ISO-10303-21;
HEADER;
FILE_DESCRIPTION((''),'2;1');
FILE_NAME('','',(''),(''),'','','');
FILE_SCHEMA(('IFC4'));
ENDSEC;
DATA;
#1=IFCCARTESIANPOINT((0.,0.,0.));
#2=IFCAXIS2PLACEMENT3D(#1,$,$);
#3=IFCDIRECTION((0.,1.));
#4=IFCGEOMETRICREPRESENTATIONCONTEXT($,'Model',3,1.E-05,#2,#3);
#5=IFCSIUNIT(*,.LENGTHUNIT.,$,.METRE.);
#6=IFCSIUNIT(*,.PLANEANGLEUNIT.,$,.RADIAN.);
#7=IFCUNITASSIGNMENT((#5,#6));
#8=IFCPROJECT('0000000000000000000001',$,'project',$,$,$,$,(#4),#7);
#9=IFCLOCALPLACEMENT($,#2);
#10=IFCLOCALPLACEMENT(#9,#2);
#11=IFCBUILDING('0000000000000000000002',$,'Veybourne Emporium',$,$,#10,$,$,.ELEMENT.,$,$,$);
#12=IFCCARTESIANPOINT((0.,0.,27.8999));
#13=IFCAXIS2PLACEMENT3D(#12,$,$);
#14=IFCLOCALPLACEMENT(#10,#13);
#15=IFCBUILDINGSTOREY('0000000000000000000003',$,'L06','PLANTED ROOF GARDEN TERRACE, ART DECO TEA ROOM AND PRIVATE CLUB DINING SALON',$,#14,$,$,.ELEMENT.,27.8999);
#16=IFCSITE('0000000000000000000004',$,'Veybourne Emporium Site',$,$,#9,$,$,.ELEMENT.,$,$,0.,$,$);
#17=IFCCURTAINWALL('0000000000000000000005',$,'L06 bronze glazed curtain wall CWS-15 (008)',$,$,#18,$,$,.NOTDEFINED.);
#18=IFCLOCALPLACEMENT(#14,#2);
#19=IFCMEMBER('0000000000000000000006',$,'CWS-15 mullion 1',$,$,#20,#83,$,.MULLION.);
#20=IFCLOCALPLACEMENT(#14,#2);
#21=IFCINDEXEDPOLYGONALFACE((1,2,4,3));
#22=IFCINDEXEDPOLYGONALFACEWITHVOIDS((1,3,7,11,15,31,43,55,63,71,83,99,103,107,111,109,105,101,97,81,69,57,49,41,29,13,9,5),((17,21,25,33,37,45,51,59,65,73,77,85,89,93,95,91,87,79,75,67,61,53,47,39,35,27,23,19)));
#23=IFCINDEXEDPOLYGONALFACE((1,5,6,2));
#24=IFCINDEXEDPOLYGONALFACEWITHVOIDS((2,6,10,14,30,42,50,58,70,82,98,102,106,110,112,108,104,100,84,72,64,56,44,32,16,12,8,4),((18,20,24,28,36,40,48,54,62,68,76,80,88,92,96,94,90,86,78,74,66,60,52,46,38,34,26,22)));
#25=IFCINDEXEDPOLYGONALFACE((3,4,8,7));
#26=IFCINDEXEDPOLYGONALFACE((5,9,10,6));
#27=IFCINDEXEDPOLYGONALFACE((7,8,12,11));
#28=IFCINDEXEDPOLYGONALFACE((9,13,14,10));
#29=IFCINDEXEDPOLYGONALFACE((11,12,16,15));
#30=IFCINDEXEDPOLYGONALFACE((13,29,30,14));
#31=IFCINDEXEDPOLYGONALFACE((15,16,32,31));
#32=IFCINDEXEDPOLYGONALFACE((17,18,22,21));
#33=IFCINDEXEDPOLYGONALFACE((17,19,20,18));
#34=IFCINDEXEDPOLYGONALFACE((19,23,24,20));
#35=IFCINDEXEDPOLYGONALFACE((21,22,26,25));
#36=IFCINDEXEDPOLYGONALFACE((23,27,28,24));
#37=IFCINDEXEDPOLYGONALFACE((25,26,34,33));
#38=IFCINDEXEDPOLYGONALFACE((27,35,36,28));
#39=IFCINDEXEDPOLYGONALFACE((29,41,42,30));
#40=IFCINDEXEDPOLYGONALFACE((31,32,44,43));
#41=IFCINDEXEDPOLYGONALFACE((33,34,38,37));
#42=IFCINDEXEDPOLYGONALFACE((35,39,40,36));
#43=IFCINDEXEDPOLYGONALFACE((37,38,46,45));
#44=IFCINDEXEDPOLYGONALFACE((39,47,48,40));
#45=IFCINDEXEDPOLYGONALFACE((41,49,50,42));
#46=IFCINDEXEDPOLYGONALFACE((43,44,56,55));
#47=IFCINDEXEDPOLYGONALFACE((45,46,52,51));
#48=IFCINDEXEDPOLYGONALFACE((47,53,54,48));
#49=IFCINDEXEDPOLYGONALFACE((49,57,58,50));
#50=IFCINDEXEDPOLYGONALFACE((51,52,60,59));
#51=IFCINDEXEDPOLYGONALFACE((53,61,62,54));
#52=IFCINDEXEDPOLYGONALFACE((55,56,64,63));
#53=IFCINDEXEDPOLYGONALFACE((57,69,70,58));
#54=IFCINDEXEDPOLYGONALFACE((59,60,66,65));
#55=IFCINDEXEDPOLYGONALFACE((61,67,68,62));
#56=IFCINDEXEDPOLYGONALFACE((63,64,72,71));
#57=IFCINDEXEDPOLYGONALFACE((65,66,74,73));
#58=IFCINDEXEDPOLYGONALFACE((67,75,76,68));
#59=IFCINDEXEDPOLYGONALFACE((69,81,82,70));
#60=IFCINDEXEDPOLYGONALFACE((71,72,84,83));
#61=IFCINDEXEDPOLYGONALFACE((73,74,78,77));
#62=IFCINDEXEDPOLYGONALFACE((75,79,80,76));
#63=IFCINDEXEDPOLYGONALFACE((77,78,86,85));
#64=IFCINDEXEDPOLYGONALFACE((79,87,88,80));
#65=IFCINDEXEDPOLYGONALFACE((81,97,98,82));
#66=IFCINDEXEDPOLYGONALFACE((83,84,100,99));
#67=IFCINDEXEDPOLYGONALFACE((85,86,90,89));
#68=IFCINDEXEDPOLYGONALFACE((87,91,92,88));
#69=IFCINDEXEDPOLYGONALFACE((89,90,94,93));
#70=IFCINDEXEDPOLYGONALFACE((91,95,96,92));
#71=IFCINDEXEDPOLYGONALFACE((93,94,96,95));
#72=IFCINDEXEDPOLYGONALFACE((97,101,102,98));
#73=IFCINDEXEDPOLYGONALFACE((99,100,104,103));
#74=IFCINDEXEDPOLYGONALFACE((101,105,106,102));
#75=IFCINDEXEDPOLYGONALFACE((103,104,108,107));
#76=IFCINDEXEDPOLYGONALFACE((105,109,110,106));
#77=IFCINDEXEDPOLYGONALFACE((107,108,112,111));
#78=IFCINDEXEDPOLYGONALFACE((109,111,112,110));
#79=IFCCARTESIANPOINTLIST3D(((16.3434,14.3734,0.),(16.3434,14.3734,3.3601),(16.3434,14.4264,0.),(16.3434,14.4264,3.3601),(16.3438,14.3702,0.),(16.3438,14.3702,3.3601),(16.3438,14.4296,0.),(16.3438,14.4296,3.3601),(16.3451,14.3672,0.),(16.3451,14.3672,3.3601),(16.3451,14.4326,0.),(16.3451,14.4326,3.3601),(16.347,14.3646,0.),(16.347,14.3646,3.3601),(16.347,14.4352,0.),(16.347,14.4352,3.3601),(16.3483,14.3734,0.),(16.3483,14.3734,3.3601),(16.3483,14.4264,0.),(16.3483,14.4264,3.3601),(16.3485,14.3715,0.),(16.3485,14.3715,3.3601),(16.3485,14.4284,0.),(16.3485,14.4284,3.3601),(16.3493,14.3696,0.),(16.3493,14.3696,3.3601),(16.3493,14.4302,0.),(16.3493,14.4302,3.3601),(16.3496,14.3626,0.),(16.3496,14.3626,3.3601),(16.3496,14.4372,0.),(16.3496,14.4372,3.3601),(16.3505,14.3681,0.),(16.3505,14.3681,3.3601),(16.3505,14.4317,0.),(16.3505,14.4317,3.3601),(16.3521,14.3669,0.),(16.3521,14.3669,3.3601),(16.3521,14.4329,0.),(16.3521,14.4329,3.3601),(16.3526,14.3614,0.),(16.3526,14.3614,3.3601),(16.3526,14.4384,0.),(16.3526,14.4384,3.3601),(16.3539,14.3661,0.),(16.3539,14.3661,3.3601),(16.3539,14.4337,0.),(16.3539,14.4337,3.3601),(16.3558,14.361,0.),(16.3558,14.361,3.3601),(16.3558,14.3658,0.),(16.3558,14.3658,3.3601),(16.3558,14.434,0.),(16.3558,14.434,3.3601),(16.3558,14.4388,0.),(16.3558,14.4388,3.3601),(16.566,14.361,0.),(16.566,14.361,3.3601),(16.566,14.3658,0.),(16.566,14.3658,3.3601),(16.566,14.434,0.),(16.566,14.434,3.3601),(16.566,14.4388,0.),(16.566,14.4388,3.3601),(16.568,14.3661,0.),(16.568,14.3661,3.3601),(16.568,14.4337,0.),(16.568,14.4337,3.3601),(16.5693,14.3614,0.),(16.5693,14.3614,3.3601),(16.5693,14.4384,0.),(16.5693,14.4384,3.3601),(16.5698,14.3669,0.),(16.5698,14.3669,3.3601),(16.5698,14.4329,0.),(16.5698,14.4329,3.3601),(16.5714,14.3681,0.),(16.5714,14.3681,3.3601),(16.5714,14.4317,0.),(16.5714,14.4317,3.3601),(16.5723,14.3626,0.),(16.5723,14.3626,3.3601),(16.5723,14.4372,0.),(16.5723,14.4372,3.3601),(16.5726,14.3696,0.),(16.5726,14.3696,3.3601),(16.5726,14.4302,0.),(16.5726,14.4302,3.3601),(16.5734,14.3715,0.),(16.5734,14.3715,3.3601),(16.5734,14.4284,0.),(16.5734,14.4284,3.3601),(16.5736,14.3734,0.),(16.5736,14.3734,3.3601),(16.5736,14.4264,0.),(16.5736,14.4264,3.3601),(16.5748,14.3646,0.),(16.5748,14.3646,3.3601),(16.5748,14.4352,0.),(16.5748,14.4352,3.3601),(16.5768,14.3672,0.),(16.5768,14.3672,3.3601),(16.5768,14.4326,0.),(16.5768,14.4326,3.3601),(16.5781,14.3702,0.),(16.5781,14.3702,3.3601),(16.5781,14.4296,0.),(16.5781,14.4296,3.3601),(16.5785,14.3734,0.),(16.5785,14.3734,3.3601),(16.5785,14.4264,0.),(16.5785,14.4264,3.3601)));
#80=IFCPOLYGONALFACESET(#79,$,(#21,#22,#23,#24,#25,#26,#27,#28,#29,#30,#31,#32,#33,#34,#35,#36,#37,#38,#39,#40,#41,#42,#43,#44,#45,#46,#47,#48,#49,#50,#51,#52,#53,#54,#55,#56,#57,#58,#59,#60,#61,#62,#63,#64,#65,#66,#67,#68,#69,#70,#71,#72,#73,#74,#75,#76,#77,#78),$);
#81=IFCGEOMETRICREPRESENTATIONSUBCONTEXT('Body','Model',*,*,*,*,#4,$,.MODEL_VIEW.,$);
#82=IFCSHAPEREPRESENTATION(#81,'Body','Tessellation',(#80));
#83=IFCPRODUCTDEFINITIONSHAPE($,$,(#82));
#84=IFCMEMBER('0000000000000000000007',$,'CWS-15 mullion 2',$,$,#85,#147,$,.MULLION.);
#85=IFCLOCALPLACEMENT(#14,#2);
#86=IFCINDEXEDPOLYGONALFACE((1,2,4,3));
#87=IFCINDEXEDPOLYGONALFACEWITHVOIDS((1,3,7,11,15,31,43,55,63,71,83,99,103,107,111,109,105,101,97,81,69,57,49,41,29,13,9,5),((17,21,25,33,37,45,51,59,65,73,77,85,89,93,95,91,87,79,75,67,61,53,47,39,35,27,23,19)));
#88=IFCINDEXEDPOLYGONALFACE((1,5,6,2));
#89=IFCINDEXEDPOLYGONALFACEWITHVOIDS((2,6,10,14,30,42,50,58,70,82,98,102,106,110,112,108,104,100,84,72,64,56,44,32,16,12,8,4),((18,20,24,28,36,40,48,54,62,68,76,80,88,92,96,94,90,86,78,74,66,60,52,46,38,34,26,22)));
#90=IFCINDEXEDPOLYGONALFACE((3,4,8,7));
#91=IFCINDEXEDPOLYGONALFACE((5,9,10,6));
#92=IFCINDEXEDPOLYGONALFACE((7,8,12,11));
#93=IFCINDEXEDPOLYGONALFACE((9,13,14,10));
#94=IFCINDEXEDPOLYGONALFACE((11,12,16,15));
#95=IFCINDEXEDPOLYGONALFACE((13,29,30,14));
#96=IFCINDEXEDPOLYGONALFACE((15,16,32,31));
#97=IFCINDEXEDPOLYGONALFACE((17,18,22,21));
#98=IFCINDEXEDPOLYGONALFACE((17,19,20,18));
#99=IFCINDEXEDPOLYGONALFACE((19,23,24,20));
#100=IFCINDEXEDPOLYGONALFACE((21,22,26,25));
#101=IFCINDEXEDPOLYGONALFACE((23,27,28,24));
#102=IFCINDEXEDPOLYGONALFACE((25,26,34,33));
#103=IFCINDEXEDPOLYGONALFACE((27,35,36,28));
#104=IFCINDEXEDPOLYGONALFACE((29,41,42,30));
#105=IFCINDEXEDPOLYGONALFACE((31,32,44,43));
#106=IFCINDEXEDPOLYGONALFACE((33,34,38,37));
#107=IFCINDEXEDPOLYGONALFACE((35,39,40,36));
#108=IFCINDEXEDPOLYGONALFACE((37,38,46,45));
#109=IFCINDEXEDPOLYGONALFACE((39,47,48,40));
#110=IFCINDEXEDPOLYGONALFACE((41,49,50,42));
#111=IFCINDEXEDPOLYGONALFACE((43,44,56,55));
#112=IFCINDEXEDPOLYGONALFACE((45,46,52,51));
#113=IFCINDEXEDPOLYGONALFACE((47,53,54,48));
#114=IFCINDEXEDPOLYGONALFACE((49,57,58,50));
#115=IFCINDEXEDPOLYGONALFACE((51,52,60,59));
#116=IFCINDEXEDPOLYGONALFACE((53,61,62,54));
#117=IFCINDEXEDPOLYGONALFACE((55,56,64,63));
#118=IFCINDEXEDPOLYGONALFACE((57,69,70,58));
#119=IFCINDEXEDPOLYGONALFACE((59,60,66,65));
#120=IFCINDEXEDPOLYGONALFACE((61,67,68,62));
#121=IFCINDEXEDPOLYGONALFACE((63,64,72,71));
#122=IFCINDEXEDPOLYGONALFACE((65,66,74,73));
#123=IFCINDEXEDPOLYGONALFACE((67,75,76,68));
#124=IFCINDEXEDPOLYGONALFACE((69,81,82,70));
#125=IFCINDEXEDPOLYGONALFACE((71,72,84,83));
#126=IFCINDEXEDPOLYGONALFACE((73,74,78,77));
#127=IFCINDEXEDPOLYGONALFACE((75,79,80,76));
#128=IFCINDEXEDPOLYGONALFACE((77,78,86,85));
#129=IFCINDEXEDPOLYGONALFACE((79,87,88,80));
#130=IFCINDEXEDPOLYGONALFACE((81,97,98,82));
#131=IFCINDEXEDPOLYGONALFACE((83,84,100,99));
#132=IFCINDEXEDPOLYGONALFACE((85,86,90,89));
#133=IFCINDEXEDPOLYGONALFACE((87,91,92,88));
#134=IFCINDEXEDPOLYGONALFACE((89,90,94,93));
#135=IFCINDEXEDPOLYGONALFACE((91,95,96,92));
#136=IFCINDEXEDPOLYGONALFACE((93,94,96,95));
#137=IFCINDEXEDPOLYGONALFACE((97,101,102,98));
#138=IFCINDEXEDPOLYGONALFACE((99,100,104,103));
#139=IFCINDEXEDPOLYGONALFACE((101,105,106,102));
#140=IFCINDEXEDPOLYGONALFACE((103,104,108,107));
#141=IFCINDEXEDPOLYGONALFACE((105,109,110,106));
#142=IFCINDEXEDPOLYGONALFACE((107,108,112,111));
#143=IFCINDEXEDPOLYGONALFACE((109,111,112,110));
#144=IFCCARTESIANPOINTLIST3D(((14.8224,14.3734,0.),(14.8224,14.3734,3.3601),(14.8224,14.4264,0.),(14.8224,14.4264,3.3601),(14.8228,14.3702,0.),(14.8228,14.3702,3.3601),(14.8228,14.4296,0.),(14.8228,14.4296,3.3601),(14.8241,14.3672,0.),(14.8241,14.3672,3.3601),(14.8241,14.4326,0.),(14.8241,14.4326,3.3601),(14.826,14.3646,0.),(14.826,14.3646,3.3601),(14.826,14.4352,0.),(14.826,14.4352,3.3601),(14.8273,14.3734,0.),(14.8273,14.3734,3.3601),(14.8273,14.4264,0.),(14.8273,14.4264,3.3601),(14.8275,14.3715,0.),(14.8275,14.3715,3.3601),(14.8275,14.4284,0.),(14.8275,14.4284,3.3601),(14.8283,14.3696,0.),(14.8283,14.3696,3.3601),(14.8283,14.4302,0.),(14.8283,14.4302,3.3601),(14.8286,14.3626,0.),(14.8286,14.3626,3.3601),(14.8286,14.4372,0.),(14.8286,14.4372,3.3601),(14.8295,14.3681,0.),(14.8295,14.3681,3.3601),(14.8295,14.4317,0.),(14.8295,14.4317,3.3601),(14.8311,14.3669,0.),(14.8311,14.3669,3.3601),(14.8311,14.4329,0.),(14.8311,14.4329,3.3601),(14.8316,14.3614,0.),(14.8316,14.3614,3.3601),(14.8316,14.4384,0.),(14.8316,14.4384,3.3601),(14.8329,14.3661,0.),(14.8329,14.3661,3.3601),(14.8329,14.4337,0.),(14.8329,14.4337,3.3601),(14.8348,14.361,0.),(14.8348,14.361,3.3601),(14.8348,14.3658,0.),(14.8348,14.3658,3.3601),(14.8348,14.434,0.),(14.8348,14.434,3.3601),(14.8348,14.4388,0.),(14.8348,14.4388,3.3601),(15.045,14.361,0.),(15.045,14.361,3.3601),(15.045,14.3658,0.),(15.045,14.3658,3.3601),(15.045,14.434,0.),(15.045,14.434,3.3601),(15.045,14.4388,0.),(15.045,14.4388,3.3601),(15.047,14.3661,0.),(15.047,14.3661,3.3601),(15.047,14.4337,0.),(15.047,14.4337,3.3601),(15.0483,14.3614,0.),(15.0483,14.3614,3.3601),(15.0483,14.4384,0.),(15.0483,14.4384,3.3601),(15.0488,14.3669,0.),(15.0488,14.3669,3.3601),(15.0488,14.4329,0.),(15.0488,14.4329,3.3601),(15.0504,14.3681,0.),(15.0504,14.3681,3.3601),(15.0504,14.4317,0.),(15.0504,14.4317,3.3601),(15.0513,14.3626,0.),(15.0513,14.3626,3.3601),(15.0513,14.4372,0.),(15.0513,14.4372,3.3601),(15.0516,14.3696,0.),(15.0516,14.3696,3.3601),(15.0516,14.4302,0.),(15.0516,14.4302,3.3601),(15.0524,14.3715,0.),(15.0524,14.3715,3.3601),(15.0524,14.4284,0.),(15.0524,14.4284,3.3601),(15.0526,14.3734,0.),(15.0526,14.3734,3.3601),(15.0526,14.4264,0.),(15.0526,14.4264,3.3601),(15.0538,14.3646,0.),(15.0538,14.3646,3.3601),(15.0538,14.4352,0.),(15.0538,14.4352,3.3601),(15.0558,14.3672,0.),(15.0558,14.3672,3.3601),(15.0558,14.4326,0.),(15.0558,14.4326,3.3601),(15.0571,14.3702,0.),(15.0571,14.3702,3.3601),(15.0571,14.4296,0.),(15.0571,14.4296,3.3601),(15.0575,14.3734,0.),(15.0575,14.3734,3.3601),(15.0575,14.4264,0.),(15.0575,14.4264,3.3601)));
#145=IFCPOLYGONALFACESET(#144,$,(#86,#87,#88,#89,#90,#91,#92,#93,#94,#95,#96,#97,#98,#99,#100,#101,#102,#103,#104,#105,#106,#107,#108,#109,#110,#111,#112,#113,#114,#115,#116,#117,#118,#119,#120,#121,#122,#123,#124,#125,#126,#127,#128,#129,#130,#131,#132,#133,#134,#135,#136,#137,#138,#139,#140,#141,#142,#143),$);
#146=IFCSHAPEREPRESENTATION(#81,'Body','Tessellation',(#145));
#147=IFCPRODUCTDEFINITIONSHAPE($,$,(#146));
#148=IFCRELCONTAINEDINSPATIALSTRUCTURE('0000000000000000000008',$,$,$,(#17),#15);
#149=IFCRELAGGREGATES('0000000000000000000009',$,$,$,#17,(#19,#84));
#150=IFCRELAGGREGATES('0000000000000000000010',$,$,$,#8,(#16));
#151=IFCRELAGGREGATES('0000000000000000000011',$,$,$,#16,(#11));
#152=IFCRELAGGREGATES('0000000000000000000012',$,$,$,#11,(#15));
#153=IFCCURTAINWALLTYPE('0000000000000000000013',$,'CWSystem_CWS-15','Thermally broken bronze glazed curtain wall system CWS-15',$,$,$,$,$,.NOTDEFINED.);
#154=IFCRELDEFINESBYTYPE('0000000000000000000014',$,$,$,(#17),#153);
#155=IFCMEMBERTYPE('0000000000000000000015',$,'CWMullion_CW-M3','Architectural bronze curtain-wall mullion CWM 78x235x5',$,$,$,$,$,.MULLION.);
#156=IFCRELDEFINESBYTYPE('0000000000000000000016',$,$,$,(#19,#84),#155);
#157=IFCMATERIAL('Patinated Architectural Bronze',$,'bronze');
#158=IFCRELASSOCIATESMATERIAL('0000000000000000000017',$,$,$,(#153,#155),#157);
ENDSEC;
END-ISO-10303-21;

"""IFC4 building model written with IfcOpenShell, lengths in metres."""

from ifc_helpers import new_model, si_unit, direction, frame, origin, origin_2d, place, context, subcontext, project, spatial, hollow_rectangle, extrude, material, material_profile, profile_set, type_object, element, aggregate, save


model = new_model("IFC4")

# Units and contexts
model_context = context("Model", 3, precision=1e-05, world=origin(), true_north=direction((0.0, 1.0)))
body_context = subcontext(model_context, "Body", "Model", "MODEL_VIEW")
ifc_project = project(units=[si_unit("LENGTHUNIT", "METRE"), si_unit("PLANEANGLEUNIT", "RADIAN")], contexts=[model_context])

# Site, building, storey
site_placement = place(None, origin())
site = spatial("IfcSite", under=ifc_project, at=site_placement, Name="Veybourne Emporium Site", CompositionType="ELEMENT", RefElevation=0.0)
building_placement = place(site_placement, origin())
building = spatial("IfcBuilding", under=site, at=building_placement, Name="Veybourne Emporium", CompositionType="ELEMENT")
storey_placement = place(building_placement, frame((0.0, 0.0, 27.8999)))
storey = spatial("IfcBuildingStorey", under=building, at=storey_placement, Name="L06", Description="PLANTED ROOF GARDEN TERRACE, ART DECO TEA ROOM AND PRIVATE CLUB DINING SALON", CompositionType="ELEMENT", Elevation=27.8999)

# Curtain wall, members
ifc_material_1 = material(Name="Patinated Architectural Bronze", Category="bronze")
curtain_wall_type = type_object("IfcCurtainWallType", Name="CWSystem_CWS-15", Description="Thermally broken bronze glazed curtain wall system CWS-15", PredefinedType="NOTDEFINED", material=ifc_material_1)
curtain_wall_placement = place(storey_placement, origin())
curtain_wall = element("IfcCurtainWall", 1, at=curtain_wall_placement, inside=storey, type_object=curtain_wall_type, Name="L06 bronze glazed curtain wall CWS-15 (008)", PredefinedType="NOTDEFINED")
ifc_material_profile_1 = material_profile(ifc_material_1, hollow_rectangle(XDim=0.0779, YDim=0.2351, WallThickness=0.0049, InnerFilletRadius=0.0076, OuterFilletRadius=0.0125, at=origin_2d()), Name="CWM 78x235x5")
ifc_profile_set_1 = profile_set([ifc_material_profile_1], Name="Patinated Architectural Bronze")
member_type_1 = type_object("IfcMemberType", Name="CWMullion_CW-M3", Description="Architectural bronze curtain-wall mullion CWM 78x235x5", PredefinedType="MULLION", material=ifc_profile_set_1)
member_1_placement = place(storey_placement, frame((16.4609, 14.3999, 0.0), z_axis=(0.0, 0.0, 1.0), x_axis=(0.0, -1.0, 0.0)))
member_1 = element("IfcMember", 2, at=member_1_placement, type_object=member_type_1, Name="CWS-15 mullion 1", PredefinedType="MULLION", context=body_context, shape_type="SweptSolid", body=[
    extrude(hollow_rectangle(XDim=0.0779, YDim=0.2351, WallThickness=0.0049, InnerFilletRadius=0.0076, OuterFilletRadius=0.0125, at=origin_2d()), origin(), (0.0, 0.0, 1.0), 3.3601),
])
member_2_placement = place(storey_placement, frame((14.9399, 14.3999, 0.0), z_axis=(0.0, 0.0, 1.0), x_axis=(0.0, -1.0, 0.0)))
member_2 = element("IfcMember", 3, at=member_2_placement, type_object=member_type_1, Name="CWS-15 mullion 2", PredefinedType="MULLION", context=body_context, shape_type="SweptSolid", body=[
    extrude(hollow_rectangle(XDim=0.0779, YDim=0.2351, WallThickness=0.0049, InnerFilletRadius=0.0076, OuterFilletRadius=0.0125, at=origin_2d()), origin(), (0.0, 0.0, 1.0), 3.3601),
])
aggregate(curtain_wall, [member_1, member_2])

save(model, "model.ifc")
